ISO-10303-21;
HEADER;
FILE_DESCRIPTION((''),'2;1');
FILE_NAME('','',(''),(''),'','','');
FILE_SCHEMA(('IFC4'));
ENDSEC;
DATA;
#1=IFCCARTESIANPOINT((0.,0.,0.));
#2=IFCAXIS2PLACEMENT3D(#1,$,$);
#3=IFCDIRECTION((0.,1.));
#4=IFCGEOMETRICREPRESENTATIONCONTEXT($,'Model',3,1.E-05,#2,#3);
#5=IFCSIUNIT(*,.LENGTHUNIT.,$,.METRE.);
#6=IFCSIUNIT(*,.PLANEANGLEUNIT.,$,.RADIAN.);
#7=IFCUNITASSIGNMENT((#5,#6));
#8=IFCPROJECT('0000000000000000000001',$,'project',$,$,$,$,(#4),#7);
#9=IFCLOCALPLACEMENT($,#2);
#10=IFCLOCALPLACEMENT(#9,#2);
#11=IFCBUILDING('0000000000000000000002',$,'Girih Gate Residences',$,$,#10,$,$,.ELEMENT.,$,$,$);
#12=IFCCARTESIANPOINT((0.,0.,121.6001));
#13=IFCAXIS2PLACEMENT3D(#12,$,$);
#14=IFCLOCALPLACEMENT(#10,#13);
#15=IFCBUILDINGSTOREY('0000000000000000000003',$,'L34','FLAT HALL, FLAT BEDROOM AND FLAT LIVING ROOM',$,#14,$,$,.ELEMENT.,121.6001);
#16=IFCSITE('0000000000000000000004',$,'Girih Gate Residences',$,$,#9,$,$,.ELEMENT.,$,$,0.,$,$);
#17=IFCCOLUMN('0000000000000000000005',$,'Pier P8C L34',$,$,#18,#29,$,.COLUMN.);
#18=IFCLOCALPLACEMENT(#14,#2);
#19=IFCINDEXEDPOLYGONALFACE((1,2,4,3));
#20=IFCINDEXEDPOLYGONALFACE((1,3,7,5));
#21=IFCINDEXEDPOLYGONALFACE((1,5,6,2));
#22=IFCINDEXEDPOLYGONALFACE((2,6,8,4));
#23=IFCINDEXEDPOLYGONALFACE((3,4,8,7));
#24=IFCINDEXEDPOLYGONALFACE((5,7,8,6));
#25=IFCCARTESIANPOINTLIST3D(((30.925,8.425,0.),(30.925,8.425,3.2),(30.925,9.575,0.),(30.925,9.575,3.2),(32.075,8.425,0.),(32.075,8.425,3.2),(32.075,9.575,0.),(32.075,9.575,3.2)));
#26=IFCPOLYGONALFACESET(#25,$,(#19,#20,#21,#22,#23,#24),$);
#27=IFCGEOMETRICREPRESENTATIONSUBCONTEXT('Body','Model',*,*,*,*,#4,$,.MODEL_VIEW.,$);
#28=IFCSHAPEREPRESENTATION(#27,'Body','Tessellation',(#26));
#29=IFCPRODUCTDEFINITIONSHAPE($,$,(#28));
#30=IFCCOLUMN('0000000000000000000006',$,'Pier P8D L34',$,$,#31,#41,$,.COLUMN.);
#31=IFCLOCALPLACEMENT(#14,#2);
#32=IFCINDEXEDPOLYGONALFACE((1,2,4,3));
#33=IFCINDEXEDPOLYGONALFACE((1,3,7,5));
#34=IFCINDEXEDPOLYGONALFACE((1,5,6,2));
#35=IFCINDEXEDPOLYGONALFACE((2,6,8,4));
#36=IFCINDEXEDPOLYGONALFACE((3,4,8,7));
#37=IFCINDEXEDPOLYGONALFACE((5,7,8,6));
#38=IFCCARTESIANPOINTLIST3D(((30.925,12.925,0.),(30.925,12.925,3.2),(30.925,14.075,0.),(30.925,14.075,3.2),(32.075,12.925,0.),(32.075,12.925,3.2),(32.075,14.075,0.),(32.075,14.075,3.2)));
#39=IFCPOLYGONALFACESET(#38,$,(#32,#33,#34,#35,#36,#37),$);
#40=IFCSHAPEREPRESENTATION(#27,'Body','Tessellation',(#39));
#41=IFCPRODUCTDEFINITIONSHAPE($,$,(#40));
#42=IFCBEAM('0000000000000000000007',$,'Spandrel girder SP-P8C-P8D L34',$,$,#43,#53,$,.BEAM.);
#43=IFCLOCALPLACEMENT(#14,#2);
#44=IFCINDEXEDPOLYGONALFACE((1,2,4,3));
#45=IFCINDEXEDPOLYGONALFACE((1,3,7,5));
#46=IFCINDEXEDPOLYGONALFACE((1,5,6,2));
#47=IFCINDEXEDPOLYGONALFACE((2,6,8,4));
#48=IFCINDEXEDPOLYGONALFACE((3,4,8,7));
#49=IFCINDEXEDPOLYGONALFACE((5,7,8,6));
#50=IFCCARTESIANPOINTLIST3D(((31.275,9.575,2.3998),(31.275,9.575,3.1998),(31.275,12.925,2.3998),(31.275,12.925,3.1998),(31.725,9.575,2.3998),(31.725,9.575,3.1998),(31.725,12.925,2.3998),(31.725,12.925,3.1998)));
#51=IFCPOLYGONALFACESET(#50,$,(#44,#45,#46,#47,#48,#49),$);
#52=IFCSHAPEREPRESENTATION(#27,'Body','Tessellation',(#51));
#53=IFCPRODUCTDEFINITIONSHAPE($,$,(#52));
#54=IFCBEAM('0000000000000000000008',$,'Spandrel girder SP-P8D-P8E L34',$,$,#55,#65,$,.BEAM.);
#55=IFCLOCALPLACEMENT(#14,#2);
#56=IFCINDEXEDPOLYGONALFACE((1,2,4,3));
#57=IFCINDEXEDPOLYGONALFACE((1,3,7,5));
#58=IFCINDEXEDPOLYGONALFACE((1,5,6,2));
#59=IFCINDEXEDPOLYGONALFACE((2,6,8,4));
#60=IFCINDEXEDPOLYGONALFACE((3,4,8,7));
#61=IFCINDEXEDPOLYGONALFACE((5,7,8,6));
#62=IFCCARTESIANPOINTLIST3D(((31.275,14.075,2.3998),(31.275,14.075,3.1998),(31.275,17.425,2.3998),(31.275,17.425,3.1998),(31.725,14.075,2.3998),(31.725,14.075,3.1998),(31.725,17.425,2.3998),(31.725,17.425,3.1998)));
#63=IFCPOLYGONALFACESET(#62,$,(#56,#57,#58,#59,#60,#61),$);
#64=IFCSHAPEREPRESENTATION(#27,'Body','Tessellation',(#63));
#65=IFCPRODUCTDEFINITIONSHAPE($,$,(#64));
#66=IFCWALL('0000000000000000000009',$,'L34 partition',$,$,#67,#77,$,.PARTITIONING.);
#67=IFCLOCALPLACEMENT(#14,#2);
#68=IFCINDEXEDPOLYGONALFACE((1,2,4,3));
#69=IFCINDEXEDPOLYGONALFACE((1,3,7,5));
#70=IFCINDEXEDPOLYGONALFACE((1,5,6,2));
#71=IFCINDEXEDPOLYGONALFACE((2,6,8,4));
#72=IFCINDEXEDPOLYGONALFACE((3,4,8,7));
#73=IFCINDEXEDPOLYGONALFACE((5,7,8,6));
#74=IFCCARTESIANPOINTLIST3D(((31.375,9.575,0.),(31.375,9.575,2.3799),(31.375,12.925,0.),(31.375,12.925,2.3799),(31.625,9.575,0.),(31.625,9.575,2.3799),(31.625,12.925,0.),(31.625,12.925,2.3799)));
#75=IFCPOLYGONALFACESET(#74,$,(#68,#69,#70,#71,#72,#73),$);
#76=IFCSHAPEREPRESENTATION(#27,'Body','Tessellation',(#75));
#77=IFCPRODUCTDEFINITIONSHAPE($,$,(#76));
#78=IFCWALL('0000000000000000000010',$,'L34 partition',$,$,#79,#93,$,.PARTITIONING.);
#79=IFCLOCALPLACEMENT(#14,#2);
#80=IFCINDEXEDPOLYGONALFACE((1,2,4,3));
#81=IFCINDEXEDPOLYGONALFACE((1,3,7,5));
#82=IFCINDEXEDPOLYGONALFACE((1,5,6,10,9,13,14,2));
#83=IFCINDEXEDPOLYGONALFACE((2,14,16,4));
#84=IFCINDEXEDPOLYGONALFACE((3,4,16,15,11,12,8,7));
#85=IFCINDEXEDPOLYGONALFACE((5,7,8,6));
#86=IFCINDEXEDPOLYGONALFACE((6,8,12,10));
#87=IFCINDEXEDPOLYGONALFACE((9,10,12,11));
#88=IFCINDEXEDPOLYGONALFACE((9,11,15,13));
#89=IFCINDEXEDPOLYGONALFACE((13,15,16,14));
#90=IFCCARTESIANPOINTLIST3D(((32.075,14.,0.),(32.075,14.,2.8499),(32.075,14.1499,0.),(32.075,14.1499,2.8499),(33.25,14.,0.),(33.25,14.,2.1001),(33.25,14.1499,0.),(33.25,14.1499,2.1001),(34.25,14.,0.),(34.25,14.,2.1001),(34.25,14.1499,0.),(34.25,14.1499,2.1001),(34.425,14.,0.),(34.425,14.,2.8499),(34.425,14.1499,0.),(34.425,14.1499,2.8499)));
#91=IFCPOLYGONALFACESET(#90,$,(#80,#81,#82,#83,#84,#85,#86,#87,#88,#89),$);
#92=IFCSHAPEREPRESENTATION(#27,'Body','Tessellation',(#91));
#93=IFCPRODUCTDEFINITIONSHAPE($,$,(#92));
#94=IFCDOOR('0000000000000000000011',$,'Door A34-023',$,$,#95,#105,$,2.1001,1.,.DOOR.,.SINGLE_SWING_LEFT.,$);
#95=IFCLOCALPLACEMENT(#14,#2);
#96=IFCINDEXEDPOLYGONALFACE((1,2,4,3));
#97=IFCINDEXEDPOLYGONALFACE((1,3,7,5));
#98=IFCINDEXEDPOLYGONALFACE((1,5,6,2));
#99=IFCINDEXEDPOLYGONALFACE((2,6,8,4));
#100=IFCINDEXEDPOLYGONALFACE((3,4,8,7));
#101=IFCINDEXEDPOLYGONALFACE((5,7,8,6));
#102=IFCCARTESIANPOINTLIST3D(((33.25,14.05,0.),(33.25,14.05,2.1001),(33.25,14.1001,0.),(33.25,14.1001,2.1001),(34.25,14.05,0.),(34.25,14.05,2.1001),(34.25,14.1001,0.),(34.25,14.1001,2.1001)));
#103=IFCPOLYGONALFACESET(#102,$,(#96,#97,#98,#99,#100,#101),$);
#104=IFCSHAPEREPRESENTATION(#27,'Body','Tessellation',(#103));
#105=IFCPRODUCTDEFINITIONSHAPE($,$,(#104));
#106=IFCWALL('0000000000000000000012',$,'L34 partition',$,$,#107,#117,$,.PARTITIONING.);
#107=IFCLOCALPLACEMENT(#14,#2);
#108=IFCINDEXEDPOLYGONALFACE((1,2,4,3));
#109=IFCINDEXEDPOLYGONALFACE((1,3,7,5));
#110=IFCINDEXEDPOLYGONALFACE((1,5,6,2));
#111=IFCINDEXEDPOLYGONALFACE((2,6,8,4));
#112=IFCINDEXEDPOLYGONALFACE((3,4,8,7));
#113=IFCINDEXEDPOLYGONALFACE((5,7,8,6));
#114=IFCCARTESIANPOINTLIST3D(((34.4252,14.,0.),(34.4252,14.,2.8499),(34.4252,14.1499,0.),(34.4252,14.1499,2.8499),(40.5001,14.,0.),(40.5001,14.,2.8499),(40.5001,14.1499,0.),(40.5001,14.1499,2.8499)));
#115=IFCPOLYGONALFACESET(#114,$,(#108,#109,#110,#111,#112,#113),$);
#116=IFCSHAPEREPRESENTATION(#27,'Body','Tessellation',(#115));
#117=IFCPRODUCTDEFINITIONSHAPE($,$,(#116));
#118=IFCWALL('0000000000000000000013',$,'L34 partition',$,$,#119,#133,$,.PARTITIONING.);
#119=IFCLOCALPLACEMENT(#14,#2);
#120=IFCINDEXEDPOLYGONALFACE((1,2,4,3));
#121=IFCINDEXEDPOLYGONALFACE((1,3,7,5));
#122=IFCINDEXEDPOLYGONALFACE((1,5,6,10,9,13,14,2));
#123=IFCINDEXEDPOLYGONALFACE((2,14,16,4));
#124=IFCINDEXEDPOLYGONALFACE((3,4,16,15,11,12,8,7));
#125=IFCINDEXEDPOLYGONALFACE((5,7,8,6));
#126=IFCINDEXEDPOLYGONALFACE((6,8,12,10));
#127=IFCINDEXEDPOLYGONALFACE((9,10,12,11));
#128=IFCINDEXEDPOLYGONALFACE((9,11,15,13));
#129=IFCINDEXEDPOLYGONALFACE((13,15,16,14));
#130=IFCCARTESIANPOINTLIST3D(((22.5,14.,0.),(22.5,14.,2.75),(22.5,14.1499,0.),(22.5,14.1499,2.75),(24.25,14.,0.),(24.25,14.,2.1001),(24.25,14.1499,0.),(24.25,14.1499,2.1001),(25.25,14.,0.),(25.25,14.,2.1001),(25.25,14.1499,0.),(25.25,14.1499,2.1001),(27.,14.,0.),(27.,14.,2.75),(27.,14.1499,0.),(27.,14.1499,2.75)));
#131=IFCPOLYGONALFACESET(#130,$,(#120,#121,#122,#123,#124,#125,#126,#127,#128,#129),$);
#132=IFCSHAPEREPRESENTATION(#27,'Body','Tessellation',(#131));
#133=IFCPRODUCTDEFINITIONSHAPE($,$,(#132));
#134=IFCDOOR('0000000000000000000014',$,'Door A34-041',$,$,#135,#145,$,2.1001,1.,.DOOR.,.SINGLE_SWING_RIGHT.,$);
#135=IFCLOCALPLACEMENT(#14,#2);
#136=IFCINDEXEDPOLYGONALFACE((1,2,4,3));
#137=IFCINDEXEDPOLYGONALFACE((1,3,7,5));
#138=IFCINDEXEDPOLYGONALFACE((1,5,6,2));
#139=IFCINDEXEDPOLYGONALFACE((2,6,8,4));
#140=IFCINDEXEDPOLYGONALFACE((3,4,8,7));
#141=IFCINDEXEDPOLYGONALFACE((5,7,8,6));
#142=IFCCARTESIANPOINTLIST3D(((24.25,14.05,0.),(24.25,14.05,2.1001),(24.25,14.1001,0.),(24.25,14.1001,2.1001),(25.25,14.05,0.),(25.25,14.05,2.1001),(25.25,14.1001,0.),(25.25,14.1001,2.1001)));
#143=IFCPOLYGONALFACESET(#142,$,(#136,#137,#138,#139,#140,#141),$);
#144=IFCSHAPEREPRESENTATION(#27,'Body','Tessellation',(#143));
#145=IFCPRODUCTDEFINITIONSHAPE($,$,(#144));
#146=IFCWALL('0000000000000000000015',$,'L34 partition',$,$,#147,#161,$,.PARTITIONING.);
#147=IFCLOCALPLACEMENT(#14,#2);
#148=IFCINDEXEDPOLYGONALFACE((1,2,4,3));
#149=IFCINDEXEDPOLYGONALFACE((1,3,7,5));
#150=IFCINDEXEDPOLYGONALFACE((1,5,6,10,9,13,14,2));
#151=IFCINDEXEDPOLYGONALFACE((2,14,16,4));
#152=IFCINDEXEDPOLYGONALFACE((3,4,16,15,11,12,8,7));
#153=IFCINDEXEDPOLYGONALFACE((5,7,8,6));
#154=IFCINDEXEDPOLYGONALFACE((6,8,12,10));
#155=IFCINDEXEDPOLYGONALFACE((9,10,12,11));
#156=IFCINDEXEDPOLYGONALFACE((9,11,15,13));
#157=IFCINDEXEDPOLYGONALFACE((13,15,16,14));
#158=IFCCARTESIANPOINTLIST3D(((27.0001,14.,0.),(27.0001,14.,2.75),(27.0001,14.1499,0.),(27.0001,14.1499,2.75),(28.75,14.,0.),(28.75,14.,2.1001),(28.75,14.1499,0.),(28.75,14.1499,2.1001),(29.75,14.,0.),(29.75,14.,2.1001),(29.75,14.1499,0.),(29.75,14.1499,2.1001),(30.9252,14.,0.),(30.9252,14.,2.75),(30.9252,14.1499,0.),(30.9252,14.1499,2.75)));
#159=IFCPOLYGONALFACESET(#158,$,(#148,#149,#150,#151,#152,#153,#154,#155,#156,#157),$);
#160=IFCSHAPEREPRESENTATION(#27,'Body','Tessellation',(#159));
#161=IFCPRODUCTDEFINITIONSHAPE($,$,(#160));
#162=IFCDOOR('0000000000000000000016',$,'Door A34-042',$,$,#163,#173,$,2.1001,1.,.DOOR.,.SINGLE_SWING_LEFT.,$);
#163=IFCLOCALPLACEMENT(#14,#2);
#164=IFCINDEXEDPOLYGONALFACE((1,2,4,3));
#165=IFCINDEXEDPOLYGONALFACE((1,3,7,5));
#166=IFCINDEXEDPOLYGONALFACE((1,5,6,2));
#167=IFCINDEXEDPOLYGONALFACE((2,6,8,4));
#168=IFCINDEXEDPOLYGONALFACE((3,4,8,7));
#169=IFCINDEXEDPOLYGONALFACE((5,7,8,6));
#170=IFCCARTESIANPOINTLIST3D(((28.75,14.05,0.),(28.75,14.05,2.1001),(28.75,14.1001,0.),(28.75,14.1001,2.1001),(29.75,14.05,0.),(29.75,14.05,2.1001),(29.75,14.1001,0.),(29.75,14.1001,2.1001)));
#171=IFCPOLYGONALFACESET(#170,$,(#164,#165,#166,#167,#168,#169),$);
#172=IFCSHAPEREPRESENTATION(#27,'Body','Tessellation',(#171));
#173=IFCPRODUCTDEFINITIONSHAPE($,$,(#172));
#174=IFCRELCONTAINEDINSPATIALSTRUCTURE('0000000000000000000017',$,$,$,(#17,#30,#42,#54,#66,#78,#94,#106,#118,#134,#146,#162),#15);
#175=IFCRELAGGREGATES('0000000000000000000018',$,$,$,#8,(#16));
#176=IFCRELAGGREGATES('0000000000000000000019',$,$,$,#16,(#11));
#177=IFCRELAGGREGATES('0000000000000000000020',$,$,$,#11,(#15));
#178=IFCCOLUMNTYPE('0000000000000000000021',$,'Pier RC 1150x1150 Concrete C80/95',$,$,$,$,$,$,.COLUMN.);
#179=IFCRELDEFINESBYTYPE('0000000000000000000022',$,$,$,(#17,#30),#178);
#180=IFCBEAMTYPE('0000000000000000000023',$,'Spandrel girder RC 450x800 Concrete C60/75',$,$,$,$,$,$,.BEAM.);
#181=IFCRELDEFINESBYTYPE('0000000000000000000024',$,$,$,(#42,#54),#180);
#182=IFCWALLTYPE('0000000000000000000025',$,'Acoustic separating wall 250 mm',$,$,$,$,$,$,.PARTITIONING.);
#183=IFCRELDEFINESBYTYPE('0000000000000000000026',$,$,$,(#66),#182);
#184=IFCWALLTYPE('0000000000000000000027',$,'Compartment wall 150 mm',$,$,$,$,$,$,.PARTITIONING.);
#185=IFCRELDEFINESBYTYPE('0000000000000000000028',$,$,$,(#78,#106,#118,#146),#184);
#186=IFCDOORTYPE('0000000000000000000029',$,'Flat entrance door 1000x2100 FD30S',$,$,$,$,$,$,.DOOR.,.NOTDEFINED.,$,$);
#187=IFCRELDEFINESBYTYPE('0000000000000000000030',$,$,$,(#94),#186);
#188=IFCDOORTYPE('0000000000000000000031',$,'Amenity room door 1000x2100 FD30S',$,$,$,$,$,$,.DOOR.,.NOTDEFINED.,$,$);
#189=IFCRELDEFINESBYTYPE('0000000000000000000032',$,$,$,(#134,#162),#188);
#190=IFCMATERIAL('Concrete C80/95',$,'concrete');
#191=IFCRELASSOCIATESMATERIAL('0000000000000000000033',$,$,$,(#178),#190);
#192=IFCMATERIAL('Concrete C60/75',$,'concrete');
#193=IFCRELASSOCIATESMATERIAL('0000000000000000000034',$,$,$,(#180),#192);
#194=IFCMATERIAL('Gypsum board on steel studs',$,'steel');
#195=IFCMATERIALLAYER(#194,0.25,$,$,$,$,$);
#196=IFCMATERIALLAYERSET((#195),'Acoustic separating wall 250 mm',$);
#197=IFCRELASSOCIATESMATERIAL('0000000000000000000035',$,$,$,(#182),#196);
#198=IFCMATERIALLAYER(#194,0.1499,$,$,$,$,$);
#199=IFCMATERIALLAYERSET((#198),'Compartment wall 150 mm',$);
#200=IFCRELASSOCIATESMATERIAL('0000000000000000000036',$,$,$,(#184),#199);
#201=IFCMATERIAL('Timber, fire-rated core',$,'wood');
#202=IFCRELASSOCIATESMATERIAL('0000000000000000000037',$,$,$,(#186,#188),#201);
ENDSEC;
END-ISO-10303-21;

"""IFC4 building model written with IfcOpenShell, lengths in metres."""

from ifc_helpers import new_model, si_unit, direction, frame, frame_2d, origin, origin_2d, place, context, subcontext, project, spatial, rectangle, extrude, material, layer, layer_set, material_profile, profile_set, type_object, element, fill, save


model = new_model("IFC4")

# Units and contexts
model_context = context("Model", 3, precision=1e-05, world=origin(), true_north=direction((0.0, 1.0)))
body_context = subcontext(model_context, "Body", "Model", "MODEL_VIEW")
ifc_project = project(units=[si_unit("LENGTHUNIT", "METRE"), si_unit("PLANEANGLEUNIT", "RADIAN")], contexts=[model_context])

# Site, building, storey
site_placement = place(None, origin())
site = spatial("IfcSite", under=ifc_project, at=site_placement, Name="Girih Gate Residences", CompositionType="ELEMENT", RefElevation=0.0)
building_placement = place(site_placement, origin())
building = spatial("IfcBuilding", under=site, at=building_placement, Name="Girih Gate Residences", CompositionType="ELEMENT")
storey_placement = place(building_placement, frame((0.0, 0.0, 121.6001)))
storey = spatial("IfcBuildingStorey", under=building, at=storey_placement, Name="L34", Description="FLAT HALL, FLAT BEDROOM AND FLAT LIVING ROOM", CompositionType="ELEMENT", Elevation=121.6001)

# Columns
ifc_material_1 = material(Name="Concrete C80/95", Category="concrete")
ifc_material_profile_1 = material_profile(ifc_material_1, rectangle(XDim=1.1499, YDim=1.1499, at=origin_2d()))
ifc_profile_set_1 = profile_set([ifc_material_profile_1], Name="Concrete C80/95")
column_type = type_object("IfcColumnType", Name="Pier RC 1150x1150 Concrete C80/95", PredefinedType="COLUMN", material=ifc_profile_set_1)
for number, where, z_axis, x_axis, name in (
    (1, (31.5, 9.0, 0.0), (0.0, 0.0, 1.0), (1.0, 0.0, 0.0), "Pier P8C L34"),
    (2, (31.5, 13.5, 0.0), (0.0, 0.0, 1.0), (1.0, 0.0, 0.0), "Pier P8D L34"),
):
    element("IfcColumn", number, at=place(storey_placement, frame(where, z_axis=z_axis, x_axis=x_axis)), inside=storey, type_object=column_type, Name=name, PredefinedType="COLUMN", context=body_context, shape_type="SweptSolid", body=[
        extrude(rectangle(XDim=1.1499, YDim=1.1499, at=origin_2d()), origin(), (0.0, 0.0, 1.0), 3.2),
    ])

# Beams
ifc_material_2 = material(Name="Concrete C60/75", Category="concrete")
ifc_material_profile_2 = material_profile(ifc_material_2, rectangle(XDim=0.45, YDim=0.8, at=origin_2d()))
ifc_profile_set_2 = profile_set([ifc_material_profile_2], Name="Concrete C60/75")
beam_type = type_object("IfcBeamType", Name="Spandrel girder RC 450x800 Concrete C60/75", PredefinedType="BEAM", material=ifc_profile_set_2)
for number, where, z_axis, x_axis, name in (
    (3, (31.5, 9.575, 2.7998), (0.0, 1.0, 0.0), (-1.0, 0.0, 0.0), "Spandrel girder SP-P8C-P8D L34"),
    (4, (31.5, 14.075, 2.7998), (0.0, 1.0, 0.0), (-1.0, 0.0, 0.0), "Spandrel girder SP-P8D-P8E L34"),
):
    element("IfcBeam", number, at=place(storey_placement, frame(where, z_axis=z_axis, x_axis=x_axis)), inside=storey, type_object=beam_type, Name=name, PredefinedType="BEAM", context=body_context, shape_type="SweptSolid", body=[
        extrude(rectangle(XDim=0.45, YDim=0.8, at=origin_2d()), origin(), (0.0, 0.0, 1.0), 3.3501),
    ])

# Wall
ifc_material_3 = material(Name="Gypsum board on steel studs", Category="steel")
ifc_layer_1 = layer(ifc_material_3, 0.25)
ifc_layer_set_1 = layer_set([ifc_layer_1], Name="Acoustic separating wall 250 mm")
wall_type_1 = type_object("IfcWallType", Name="Acoustic separating wall 250 mm", PredefinedType="PARTITIONING", material=ifc_layer_set_1)
wall_1_placement = place(storey_placement, frame((31.5, 9.575, 0.0), z_axis=(0.0, 0.0, 1.0), x_axis=(0.0, 1.0, 0.0)))
element("IfcWall", 5, at=wall_1_placement, inside=storey, type_object=wall_type_1, Name="L34 partition", PredefinedType="PARTITIONING", context=body_context, shape_type="SweptSolid", body=[
    extrude(rectangle(XDim=3.3501, YDim=0.25, at=frame_2d((1.675, 0.0))), origin(), (0.0, 0.0, 1.0), 2.3799),
])

# Wall, opening, door
ifc_layer_2 = layer(ifc_material_3, 0.1499)
ifc_layer_set_2 = layer_set([ifc_layer_2], Name="Compartment wall 150 mm")
wall_type_2 = type_object("IfcWallType", Name="Compartment wall 150 mm", PredefinedType="PARTITIONING", material=ifc_layer_set_2)
wall_2_placement = place(storey_placement, frame((34.425, 14.075, 0.0), z_axis=(0.0, 0.0, 1.0), x_axis=(-1.0, 0.0, 0.0)))
wall_2 = element("IfcWall", 6, at=wall_2_placement, inside=storey, type_object=wall_type_2, Name="L34 partition", PredefinedType="PARTITIONING", context=body_context, shape_type="SweptSolid", body=[
    extrude(rectangle(XDim=2.3501, YDim=0.1499, at=frame_2d((1.175, 0.0))), origin(), (0.0, 0.0, 1.0), 2.8499),
])
opening_1_placement = place(wall_2_placement, frame((0.175, 0.0, 0.0)))
opening_1 = element("IfcOpeningElement", 7, at=opening_1_placement, cuts=wall_2, PredefinedType="OPENING", context=body_context, shape_type="SweptSolid", body=[
    extrude(rectangle(XDim=1.0, YDim=2.1001, at=frame_2d((0.5, 1.05))), frame((0.0, 0.085, 0.0), z_axis=(0.0, -1.0, 0.0), x_axis=(1.0, 0.0, 0.0)), (0.0, 0.0, 1.0), 0.1699),
])
ifc_material_4 = material(Name="Timber, fire-rated core", Category="wood")
door_type_1 = type_object("IfcDoorType", Name="Flat entrance door 1000x2100 FD30S", OperationType="NOTDEFINED", PredefinedType="DOOR", material=ifc_material_4)
door_1_placement = place(opening_1_placement, origin())
door_1 = element("IfcDoor", 8, at=door_1_placement, inside=storey, type_object=door_type_1, Name="Door A34-023", OperationType="SINGLE_SWING_LEFT", OverallHeight=2.1001, OverallWidth=1.0, PredefinedType="DOOR", context=body_context, shape_type="SweptSolid", body=[
    extrude(rectangle(XDim=1.0, YDim=2.1001, at=frame_2d((0.5, 1.05))), frame((0.0, 0.0249, 0.0), z_axis=(0.0, -1.0, 0.0), x_axis=(1.0, 0.0, 0.0)), (0.0, 0.0, 1.0), 0.05),
])
fill(opening_1, door_1)

# Wall
wall_3_placement = place(storey_placement, frame((34.425, 14.075, 0.0), z_axis=(0.0, 0.0, 1.0), x_axis=(1.0, 0.0, 0.0)))
element("IfcWall", 9, at=wall_3_placement, inside=storey, type_object=wall_type_2, Name="L34 partition", PredefinedType="PARTITIONING", context=body_context, shape_type="SweptSolid", body=[
    extrude(rectangle(XDim=6.075, YDim=0.1499, at=frame_2d((3.0376, 0.0))), origin(), (0.0, 0.0, 1.0), 2.8499),
])

# Walls, openings, doors
wall_4_placement = place(storey_placement, frame((27.0, 14.075, 0.0), z_axis=(0.0, 0.0, 1.0), x_axis=(-1.0, 0.0, 0.0)))
wall_4 = element("IfcWall", 10, at=wall_4_placement, inside=storey, type_object=wall_type_2, Name="L34 partition", PredefinedType="PARTITIONING", context=body_context, shape_type="SweptSolid", body=[
    extrude(rectangle(XDim=4.5, YDim=0.1499, at=frame_2d((2.25, 0.0))), origin(), (0.0, 0.0, 1.0), 2.75),
])
opening_2_placement = place(wall_4_placement, frame((1.75, 0.0, 0.0)))
opening_2 = element("IfcOpeningElement", 11, at=opening_2_placement, cuts=wall_4, PredefinedType="OPENING", context=body_context, shape_type="SweptSolid", body=[
    extrude(rectangle(XDim=1.0, YDim=2.1001, at=frame_2d((0.5, 1.05))), frame((0.0, 0.085, 0.0), z_axis=(0.0, -1.0, 0.0), x_axis=(1.0, 0.0, 0.0)), (0.0, 0.0, 1.0), 0.1699),
])
door_type_2 = type_object("IfcDoorType", Name="Amenity room door 1000x2100 FD30S", OperationType="NOTDEFINED", PredefinedType="DOOR", material=ifc_material_4)
door_2_placement = place(opening_2_placement, origin())
door_2 = element("IfcDoor", 12, at=door_2_placement, inside=storey, type_object=door_type_2, Name="Door A34-041", OperationType="SINGLE_SWING_RIGHT", OverallHeight=2.1001, OverallWidth=1.0, PredefinedType="DOOR", context=body_context, shape_type="SweptSolid", body=[
    extrude(rectangle(XDim=1.0, YDim=2.1001, at=frame_2d((0.5, 1.05))), frame((0.0, 0.0249, 0.0), z_axis=(0.0, -1.0, 0.0), x_axis=(1.0, 0.0, 0.0)), (0.0, 0.0, 1.0), 0.05),
])
fill(opening_2, door_2)
wall_5_placement = place(storey_placement, frame((30.925, 14.075, 0.0), z_axis=(0.0, 0.0, 1.0), x_axis=(-1.0, 0.0, 0.0)))
wall_5 = element("IfcWall", 13, at=wall_5_placement, inside=storey, type_object=wall_type_2, Name="L34 partition", PredefinedType="PARTITIONING", context=body_context, shape_type="SweptSolid", body=[
    extrude(rectangle(XDim=3.925, YDim=0.1499, at=frame_2d((1.9624, 0.0))), origin(), (0.0, 0.0, 1.0), 2.75),
])
opening_3_placement = place(wall_5_placement, frame((1.175, 0.0, 0.0)))
opening_3 = element("IfcOpeningElement", 14, at=opening_3_placement, cuts=wall_5, PredefinedType="OPENING", context=body_context, shape_type="SweptSolid", body=[
    extrude(rectangle(XDim=1.0, YDim=2.1001, at=frame_2d((0.5, 1.05))), frame((0.0, 0.085, 0.0), z_axis=(0.0, -1.0, 0.0), x_axis=(1.0, 0.0, 0.0)), (0.0, 0.0, 1.0), 0.1699),
])
door_3_placement = place(opening_3_placement, origin())
door_3 = element("IfcDoor", 15, at=door_3_placement, inside=storey, type_object=door_type_2, Name="Door A34-042", OperationType="SINGLE_SWING_LEFT", OverallHeight=2.1001, OverallWidth=1.0, PredefinedType="DOOR", context=body_context, shape_type="SweptSolid", body=[
    extrude(rectangle(XDim=1.0, YDim=2.1001, at=frame_2d((0.5, 1.05))), frame((0.0, 0.0249, 0.0), z_axis=(0.0, -1.0, 0.0), x_axis=(1.0, 0.0, 0.0)), (0.0, 0.0, 1.0), 0.05),
])
fill(opening_3, door_3)

save(model, "model.ifc")
